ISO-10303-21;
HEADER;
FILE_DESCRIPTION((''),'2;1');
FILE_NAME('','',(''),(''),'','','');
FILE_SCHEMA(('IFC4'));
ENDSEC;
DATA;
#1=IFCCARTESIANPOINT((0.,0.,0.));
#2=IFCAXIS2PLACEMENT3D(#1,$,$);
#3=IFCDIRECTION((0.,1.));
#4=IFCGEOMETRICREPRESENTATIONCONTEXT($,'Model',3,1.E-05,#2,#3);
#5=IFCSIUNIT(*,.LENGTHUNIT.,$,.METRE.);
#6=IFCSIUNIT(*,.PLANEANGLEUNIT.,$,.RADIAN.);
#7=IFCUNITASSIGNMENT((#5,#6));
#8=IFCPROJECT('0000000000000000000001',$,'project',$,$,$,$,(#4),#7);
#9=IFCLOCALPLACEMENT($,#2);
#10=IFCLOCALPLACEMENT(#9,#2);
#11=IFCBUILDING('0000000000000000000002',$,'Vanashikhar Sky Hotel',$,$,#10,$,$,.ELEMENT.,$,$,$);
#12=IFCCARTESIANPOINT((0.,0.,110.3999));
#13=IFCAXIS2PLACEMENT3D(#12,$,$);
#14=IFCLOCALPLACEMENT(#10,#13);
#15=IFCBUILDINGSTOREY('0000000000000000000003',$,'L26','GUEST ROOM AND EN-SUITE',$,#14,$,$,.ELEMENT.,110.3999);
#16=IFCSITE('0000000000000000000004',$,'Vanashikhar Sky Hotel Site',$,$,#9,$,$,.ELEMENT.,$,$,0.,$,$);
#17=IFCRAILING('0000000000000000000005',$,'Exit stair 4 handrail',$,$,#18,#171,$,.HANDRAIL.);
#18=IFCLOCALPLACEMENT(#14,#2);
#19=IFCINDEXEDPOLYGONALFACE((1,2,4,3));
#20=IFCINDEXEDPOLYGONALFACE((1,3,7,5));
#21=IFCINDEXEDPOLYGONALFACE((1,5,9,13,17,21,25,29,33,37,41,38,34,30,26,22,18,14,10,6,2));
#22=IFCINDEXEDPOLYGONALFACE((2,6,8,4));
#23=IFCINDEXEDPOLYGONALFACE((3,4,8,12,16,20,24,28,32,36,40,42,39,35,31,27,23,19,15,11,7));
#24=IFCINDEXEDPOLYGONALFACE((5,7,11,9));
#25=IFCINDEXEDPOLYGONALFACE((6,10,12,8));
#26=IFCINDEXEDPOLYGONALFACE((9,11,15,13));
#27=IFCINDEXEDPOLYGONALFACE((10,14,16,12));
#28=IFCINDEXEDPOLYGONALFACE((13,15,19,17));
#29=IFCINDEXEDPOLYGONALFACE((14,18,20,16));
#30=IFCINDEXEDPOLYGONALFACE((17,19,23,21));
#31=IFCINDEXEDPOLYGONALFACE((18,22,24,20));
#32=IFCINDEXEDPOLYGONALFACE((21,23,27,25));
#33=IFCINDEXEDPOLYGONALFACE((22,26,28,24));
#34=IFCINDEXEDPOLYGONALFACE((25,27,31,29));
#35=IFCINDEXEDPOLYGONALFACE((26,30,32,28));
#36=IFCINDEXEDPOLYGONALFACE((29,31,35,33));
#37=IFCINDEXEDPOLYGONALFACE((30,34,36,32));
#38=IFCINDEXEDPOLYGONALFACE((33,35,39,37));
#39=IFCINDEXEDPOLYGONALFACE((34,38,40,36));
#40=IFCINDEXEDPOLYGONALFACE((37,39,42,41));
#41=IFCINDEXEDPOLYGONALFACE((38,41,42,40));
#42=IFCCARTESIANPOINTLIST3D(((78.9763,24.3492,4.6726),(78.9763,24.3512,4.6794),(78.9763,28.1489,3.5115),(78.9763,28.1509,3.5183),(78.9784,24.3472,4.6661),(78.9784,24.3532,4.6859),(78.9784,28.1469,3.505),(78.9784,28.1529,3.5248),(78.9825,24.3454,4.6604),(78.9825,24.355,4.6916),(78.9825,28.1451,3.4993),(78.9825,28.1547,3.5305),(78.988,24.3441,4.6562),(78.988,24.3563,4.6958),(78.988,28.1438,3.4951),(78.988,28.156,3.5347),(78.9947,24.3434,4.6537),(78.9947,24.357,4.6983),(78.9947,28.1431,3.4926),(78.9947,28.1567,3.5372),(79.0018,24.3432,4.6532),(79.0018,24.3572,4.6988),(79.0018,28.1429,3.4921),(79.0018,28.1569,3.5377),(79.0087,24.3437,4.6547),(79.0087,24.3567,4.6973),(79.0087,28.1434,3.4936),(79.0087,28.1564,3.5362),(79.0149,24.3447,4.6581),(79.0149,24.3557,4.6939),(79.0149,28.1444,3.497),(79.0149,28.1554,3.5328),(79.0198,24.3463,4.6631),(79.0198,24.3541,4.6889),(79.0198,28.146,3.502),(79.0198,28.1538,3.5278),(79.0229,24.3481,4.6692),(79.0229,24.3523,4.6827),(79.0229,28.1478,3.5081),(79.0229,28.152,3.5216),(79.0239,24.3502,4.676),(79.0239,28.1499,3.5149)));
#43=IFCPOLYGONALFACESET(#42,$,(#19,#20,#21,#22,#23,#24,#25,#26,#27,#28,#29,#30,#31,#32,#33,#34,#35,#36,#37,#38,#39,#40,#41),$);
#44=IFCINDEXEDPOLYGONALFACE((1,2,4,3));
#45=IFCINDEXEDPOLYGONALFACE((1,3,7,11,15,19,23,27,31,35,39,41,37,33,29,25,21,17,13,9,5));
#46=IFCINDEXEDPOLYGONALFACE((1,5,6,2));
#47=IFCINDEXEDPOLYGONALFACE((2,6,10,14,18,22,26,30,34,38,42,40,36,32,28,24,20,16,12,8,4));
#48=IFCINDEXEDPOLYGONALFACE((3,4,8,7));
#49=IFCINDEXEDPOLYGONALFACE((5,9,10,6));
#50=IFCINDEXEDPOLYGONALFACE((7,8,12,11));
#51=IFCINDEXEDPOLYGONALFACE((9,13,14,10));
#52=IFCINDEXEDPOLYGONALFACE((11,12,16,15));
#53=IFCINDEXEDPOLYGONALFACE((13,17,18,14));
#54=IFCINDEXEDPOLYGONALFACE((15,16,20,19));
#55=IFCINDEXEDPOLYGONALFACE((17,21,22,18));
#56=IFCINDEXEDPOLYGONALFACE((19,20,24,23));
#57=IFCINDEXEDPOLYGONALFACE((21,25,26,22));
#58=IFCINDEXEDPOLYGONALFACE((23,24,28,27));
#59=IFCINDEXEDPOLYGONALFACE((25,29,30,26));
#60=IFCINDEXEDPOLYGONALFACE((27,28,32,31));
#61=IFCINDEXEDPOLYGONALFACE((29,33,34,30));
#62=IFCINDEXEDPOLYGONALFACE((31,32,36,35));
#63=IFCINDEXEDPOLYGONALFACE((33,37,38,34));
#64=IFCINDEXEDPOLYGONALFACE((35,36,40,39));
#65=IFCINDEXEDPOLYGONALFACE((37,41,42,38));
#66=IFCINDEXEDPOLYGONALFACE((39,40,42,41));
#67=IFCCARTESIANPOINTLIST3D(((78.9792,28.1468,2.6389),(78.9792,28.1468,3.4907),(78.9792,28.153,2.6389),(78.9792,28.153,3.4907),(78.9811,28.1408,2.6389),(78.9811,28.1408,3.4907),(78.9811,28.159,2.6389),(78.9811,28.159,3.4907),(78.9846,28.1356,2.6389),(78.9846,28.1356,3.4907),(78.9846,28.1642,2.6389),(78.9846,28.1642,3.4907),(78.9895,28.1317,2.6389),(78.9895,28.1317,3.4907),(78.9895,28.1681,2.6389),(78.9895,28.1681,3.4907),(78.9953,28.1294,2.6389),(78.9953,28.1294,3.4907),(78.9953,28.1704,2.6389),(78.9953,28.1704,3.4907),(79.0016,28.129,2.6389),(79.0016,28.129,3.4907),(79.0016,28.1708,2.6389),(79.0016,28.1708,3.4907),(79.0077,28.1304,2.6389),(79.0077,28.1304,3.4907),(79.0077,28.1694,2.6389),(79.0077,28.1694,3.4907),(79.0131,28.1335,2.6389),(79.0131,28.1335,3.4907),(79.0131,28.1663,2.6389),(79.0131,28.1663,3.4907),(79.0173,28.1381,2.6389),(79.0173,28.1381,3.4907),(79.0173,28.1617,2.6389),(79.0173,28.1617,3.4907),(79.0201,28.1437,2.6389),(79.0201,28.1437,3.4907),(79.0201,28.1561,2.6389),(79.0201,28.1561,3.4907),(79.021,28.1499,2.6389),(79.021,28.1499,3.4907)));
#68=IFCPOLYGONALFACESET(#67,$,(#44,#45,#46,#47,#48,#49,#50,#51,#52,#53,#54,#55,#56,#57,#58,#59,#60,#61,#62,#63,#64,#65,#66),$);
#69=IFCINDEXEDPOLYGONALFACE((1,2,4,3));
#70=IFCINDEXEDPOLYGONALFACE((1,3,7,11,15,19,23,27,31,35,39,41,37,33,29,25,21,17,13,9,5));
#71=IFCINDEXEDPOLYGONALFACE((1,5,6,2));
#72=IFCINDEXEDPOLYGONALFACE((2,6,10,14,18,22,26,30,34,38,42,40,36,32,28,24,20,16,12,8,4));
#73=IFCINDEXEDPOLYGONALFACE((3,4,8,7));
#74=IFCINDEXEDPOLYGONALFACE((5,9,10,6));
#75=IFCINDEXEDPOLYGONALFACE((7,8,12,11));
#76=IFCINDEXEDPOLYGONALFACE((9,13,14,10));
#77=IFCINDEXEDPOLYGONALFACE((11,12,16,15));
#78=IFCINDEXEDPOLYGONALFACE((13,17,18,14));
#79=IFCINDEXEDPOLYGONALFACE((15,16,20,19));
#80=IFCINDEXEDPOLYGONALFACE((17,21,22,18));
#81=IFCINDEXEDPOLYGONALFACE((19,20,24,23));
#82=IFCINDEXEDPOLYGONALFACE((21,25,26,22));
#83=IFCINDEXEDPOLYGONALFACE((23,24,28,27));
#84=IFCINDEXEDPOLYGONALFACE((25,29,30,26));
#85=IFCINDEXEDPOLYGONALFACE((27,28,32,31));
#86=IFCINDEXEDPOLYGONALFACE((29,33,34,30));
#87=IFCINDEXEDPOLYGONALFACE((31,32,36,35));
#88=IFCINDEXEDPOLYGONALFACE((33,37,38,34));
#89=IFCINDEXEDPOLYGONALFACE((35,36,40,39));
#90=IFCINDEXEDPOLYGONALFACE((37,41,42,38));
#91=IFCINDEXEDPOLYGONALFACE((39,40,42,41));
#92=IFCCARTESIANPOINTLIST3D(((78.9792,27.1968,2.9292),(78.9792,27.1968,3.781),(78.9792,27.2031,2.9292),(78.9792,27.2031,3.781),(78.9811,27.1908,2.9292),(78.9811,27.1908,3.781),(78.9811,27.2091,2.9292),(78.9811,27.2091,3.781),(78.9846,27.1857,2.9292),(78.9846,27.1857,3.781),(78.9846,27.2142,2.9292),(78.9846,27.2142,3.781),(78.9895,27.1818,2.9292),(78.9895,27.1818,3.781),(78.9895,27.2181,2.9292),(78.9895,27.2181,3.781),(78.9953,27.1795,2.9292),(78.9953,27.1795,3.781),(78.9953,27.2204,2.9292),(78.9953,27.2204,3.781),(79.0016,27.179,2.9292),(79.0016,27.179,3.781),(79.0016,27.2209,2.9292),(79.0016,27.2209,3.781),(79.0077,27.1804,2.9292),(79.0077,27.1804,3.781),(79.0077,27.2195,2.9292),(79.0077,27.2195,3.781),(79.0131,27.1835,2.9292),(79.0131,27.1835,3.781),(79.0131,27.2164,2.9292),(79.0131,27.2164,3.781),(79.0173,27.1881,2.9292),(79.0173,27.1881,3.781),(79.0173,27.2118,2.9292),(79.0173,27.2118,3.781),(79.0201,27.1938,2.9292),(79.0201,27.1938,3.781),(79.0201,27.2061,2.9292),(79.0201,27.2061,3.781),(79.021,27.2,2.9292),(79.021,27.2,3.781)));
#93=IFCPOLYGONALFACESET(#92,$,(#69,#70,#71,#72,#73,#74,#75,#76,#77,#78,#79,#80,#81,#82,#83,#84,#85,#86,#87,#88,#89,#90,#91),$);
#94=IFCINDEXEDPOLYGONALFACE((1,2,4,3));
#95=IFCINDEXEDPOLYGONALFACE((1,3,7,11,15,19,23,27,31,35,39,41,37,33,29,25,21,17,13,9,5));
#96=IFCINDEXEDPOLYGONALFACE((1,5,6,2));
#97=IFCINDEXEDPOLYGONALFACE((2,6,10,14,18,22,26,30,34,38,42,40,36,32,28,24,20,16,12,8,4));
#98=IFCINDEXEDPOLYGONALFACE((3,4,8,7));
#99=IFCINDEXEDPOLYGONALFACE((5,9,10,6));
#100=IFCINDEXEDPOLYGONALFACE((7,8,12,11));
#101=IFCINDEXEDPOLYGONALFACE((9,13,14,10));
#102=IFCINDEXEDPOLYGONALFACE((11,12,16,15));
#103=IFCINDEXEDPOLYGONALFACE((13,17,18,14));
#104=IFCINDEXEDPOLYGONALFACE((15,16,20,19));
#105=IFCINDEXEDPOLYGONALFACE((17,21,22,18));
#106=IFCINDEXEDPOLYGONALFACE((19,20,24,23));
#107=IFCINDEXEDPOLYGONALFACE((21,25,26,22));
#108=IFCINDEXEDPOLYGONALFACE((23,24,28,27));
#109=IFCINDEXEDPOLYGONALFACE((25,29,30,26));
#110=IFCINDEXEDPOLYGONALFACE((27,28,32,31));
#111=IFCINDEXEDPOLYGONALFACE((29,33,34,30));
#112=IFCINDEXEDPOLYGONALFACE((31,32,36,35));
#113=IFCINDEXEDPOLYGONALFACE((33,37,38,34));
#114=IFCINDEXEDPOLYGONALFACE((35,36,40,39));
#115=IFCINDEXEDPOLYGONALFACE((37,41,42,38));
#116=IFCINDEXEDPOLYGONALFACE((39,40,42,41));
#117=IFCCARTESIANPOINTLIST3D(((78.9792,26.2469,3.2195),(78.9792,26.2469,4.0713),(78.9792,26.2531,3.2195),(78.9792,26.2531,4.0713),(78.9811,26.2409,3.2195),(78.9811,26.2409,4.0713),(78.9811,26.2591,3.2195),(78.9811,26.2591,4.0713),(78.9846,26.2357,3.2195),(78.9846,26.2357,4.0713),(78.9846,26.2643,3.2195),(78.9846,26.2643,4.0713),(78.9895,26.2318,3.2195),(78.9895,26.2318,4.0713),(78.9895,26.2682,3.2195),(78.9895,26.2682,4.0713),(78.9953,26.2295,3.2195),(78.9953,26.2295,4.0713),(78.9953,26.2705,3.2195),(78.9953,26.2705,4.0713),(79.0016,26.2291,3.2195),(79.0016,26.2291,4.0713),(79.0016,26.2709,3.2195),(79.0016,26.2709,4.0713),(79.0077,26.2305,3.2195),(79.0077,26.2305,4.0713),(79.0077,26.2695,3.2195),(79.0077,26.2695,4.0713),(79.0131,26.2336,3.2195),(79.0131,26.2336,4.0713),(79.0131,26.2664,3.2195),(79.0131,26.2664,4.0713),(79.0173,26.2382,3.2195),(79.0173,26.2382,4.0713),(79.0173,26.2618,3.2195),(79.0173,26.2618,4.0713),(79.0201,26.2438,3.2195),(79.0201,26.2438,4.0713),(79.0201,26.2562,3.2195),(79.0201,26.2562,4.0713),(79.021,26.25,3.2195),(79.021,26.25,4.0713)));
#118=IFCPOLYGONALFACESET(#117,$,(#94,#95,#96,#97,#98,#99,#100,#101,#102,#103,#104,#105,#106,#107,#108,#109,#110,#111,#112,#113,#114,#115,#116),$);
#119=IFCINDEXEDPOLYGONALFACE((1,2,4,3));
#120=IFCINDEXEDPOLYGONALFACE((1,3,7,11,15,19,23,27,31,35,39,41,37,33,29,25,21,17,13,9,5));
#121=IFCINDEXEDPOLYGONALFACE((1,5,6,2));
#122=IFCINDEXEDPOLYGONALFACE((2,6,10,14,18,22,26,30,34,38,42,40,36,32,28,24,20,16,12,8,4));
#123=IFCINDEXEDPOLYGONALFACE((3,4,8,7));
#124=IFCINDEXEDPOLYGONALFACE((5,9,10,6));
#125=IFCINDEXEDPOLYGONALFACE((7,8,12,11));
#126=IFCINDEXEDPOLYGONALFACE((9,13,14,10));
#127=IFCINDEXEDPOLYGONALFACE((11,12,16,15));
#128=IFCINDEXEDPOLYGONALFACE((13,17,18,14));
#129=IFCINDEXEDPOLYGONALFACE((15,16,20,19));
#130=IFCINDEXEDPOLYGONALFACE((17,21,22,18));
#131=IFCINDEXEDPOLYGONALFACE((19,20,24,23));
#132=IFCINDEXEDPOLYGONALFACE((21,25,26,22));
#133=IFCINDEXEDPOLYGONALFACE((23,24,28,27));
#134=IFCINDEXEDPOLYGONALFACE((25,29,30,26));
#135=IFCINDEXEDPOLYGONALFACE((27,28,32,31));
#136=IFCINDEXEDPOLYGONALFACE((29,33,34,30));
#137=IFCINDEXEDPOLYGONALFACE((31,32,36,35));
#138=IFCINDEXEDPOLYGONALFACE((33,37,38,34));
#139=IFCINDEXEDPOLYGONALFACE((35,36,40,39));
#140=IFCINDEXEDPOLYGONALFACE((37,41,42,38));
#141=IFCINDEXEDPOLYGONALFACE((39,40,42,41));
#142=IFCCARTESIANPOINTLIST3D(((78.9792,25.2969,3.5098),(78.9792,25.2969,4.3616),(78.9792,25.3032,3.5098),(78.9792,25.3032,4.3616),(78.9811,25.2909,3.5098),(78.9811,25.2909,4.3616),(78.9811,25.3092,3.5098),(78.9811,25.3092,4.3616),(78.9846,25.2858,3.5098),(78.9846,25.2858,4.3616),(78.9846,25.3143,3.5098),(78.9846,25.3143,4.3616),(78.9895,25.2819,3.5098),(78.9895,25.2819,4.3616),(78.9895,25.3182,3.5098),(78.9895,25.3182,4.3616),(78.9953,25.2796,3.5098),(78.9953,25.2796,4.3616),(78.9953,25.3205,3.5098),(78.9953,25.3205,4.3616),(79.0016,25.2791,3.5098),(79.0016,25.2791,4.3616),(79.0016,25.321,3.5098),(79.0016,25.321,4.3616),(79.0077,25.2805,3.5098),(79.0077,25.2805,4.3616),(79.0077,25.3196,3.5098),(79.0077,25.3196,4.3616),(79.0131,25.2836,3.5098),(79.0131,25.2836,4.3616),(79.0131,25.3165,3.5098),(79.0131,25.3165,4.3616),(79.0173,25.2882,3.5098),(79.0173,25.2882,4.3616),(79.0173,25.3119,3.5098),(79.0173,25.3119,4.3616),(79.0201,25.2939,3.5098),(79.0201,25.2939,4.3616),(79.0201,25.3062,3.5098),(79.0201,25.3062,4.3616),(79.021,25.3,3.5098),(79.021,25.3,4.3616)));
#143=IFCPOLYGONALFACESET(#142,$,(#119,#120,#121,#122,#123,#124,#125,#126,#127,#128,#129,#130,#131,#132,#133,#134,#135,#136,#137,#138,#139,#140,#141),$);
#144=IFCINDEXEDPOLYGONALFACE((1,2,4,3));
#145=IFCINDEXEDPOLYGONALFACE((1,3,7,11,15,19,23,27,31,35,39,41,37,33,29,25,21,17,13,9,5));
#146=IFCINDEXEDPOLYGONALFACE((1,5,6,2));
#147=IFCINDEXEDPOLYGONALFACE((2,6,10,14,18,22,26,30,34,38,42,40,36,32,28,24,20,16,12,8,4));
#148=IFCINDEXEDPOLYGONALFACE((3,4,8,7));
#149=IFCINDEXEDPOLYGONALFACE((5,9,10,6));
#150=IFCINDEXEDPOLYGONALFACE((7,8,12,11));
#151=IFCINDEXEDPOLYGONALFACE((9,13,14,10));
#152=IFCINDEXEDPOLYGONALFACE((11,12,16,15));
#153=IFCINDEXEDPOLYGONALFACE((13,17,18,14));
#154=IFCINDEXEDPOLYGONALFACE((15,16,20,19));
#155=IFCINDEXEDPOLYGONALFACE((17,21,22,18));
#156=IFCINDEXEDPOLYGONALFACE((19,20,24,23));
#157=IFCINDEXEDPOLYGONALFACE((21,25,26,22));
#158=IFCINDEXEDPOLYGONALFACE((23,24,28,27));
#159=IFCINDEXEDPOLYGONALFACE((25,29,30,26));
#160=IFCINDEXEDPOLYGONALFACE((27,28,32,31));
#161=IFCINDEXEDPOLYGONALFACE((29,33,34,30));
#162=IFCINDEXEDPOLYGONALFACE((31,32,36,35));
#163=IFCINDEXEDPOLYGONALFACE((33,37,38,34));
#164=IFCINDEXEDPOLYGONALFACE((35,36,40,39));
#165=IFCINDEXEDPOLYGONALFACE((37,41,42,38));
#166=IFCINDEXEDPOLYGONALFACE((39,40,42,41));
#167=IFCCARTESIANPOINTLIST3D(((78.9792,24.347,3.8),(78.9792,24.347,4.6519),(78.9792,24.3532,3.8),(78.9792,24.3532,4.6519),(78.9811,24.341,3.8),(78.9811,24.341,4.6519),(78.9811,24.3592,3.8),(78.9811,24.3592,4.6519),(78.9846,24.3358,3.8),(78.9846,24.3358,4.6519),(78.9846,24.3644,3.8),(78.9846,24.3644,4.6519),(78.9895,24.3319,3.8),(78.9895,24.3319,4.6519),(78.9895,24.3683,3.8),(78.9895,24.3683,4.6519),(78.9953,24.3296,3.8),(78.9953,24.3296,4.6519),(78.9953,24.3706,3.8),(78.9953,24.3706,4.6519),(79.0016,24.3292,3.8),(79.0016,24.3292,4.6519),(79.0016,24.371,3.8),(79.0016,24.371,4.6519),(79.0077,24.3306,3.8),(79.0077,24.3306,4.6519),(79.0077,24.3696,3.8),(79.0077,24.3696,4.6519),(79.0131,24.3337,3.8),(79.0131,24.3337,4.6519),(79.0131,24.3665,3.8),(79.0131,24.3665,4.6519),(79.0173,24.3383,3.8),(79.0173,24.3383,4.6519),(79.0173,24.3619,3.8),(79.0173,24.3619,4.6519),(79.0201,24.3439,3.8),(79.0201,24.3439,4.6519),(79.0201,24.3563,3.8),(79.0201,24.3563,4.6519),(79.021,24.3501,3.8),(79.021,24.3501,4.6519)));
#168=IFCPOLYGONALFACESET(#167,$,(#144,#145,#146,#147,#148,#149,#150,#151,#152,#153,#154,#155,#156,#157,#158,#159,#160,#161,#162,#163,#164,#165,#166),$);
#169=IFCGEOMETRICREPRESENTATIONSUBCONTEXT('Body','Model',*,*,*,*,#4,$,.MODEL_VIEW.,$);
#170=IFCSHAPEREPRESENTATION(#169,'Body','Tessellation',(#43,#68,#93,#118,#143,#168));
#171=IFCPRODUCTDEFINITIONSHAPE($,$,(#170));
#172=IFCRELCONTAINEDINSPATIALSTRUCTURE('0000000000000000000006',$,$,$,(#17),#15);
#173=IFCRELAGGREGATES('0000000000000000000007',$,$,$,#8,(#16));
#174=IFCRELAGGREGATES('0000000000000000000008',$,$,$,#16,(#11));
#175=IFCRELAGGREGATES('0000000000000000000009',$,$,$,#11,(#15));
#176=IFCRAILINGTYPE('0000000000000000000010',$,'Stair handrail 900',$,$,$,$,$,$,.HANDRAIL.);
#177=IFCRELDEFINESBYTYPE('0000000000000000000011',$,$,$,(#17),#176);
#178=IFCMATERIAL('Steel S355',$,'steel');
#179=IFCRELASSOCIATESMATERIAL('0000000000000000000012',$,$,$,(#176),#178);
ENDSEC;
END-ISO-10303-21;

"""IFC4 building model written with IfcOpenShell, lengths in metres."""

from ifc_helpers import new_model, si_unit, direction, frame, origin, origin_2d, place, context, subcontext, project, spatial, circle, extrude, source, transform, mapped, material, type_object, element, save


model = new_model("IFC4")

# Units and contexts
model_context = context("Model", 3, precision=1e-05, world=origin(), true_north=direction((0.0, 1.0)))
body_context = subcontext(model_context, "Body", "Model", "MODEL_VIEW")
ifc_project = project(units=[si_unit("LENGTHUNIT", "METRE"), si_unit("PLANEANGLEUNIT", "RADIAN")], contexts=[model_context])

# Site, building, storey
site_placement = place(None, origin())
site = spatial("IfcSite", under=ifc_project, at=site_placement, Name="Vanashikhar Sky Hotel Site", CompositionType="ELEMENT", RefElevation=0.0)
building_placement = place(site_placement, origin())
building = spatial("IfcBuilding", under=site, at=building_placement, Name="Vanashikhar Sky Hotel", CompositionType="ELEMENT")
storey_placement = place(building_placement, frame((0.0, 0.0, 110.3999)))
storey = spatial("IfcBuildingStorey", under=building, at=storey_placement, Name="L26", Description="GUEST ROOM AND EN-SUITE", CompositionType="ELEMENT", Elevation=110.3999)

# Railing
ifc_material_1 = material(Name="Steel S355", Category="steel")
railing_type_1 = type_object("IfcRailingType", Name="Stair handrail 900", PredefinedType="HANDRAIL", material=ifc_material_1)
shared_shape_1 = source(origin(), body_context, "Body", "SweptSolid", [
    extrude(circle(Radius=0.0239, at=origin_2d()), frame((0.0, 0.0, 0.876), z_axis=(0.0, -0.956346, 0.292237), x_axis=(1.0, 0.0, 0.0)), (0.0, 0.0, 1.0), 3.9731),
    extrude(circle(Radius=0.021, at=origin_2d()), origin(), (0.0, 0.0, 1.0), 0.8518),
    extrude(circle(Radius=0.021, at=origin_2d()), frame((0.0, -0.95, 0.2903)), (0.0, 0.0, 1.0), 0.8518),
    extrude(circle(Radius=0.021, at=origin_2d()), frame((0.0, -1.8999, 0.5806)), (0.0, 0.0, 1.0), 0.8518),
    extrude(circle(Radius=0.021, at=origin_2d()), frame((0.0, -2.8499, 0.8708)), (0.0, 0.0, 1.0), 0.8518),
    extrude(circle(Radius=0.021, at=origin_2d()), frame((0.0, -3.7998, 1.1611)), (0.0, 0.0, 1.0), 0.8518),
])
for number, where, name in (
    (1, (79.0, 28.1499, 2.6389), "Exit stair 4 handrail"),
):
    element("IfcRailing", number, at=place(storey_placement, frame(where)), inside=storey, type_object=railing_type_1, Name=name, PredefinedType="HANDRAIL", context=body_context, shape_type="MappedRepresentation", body=[
        mapped(shared_shape_1, transform((0.0, 0.0, 0.0), scale=1.0)),
    ])

save(model, "model.ifc")
